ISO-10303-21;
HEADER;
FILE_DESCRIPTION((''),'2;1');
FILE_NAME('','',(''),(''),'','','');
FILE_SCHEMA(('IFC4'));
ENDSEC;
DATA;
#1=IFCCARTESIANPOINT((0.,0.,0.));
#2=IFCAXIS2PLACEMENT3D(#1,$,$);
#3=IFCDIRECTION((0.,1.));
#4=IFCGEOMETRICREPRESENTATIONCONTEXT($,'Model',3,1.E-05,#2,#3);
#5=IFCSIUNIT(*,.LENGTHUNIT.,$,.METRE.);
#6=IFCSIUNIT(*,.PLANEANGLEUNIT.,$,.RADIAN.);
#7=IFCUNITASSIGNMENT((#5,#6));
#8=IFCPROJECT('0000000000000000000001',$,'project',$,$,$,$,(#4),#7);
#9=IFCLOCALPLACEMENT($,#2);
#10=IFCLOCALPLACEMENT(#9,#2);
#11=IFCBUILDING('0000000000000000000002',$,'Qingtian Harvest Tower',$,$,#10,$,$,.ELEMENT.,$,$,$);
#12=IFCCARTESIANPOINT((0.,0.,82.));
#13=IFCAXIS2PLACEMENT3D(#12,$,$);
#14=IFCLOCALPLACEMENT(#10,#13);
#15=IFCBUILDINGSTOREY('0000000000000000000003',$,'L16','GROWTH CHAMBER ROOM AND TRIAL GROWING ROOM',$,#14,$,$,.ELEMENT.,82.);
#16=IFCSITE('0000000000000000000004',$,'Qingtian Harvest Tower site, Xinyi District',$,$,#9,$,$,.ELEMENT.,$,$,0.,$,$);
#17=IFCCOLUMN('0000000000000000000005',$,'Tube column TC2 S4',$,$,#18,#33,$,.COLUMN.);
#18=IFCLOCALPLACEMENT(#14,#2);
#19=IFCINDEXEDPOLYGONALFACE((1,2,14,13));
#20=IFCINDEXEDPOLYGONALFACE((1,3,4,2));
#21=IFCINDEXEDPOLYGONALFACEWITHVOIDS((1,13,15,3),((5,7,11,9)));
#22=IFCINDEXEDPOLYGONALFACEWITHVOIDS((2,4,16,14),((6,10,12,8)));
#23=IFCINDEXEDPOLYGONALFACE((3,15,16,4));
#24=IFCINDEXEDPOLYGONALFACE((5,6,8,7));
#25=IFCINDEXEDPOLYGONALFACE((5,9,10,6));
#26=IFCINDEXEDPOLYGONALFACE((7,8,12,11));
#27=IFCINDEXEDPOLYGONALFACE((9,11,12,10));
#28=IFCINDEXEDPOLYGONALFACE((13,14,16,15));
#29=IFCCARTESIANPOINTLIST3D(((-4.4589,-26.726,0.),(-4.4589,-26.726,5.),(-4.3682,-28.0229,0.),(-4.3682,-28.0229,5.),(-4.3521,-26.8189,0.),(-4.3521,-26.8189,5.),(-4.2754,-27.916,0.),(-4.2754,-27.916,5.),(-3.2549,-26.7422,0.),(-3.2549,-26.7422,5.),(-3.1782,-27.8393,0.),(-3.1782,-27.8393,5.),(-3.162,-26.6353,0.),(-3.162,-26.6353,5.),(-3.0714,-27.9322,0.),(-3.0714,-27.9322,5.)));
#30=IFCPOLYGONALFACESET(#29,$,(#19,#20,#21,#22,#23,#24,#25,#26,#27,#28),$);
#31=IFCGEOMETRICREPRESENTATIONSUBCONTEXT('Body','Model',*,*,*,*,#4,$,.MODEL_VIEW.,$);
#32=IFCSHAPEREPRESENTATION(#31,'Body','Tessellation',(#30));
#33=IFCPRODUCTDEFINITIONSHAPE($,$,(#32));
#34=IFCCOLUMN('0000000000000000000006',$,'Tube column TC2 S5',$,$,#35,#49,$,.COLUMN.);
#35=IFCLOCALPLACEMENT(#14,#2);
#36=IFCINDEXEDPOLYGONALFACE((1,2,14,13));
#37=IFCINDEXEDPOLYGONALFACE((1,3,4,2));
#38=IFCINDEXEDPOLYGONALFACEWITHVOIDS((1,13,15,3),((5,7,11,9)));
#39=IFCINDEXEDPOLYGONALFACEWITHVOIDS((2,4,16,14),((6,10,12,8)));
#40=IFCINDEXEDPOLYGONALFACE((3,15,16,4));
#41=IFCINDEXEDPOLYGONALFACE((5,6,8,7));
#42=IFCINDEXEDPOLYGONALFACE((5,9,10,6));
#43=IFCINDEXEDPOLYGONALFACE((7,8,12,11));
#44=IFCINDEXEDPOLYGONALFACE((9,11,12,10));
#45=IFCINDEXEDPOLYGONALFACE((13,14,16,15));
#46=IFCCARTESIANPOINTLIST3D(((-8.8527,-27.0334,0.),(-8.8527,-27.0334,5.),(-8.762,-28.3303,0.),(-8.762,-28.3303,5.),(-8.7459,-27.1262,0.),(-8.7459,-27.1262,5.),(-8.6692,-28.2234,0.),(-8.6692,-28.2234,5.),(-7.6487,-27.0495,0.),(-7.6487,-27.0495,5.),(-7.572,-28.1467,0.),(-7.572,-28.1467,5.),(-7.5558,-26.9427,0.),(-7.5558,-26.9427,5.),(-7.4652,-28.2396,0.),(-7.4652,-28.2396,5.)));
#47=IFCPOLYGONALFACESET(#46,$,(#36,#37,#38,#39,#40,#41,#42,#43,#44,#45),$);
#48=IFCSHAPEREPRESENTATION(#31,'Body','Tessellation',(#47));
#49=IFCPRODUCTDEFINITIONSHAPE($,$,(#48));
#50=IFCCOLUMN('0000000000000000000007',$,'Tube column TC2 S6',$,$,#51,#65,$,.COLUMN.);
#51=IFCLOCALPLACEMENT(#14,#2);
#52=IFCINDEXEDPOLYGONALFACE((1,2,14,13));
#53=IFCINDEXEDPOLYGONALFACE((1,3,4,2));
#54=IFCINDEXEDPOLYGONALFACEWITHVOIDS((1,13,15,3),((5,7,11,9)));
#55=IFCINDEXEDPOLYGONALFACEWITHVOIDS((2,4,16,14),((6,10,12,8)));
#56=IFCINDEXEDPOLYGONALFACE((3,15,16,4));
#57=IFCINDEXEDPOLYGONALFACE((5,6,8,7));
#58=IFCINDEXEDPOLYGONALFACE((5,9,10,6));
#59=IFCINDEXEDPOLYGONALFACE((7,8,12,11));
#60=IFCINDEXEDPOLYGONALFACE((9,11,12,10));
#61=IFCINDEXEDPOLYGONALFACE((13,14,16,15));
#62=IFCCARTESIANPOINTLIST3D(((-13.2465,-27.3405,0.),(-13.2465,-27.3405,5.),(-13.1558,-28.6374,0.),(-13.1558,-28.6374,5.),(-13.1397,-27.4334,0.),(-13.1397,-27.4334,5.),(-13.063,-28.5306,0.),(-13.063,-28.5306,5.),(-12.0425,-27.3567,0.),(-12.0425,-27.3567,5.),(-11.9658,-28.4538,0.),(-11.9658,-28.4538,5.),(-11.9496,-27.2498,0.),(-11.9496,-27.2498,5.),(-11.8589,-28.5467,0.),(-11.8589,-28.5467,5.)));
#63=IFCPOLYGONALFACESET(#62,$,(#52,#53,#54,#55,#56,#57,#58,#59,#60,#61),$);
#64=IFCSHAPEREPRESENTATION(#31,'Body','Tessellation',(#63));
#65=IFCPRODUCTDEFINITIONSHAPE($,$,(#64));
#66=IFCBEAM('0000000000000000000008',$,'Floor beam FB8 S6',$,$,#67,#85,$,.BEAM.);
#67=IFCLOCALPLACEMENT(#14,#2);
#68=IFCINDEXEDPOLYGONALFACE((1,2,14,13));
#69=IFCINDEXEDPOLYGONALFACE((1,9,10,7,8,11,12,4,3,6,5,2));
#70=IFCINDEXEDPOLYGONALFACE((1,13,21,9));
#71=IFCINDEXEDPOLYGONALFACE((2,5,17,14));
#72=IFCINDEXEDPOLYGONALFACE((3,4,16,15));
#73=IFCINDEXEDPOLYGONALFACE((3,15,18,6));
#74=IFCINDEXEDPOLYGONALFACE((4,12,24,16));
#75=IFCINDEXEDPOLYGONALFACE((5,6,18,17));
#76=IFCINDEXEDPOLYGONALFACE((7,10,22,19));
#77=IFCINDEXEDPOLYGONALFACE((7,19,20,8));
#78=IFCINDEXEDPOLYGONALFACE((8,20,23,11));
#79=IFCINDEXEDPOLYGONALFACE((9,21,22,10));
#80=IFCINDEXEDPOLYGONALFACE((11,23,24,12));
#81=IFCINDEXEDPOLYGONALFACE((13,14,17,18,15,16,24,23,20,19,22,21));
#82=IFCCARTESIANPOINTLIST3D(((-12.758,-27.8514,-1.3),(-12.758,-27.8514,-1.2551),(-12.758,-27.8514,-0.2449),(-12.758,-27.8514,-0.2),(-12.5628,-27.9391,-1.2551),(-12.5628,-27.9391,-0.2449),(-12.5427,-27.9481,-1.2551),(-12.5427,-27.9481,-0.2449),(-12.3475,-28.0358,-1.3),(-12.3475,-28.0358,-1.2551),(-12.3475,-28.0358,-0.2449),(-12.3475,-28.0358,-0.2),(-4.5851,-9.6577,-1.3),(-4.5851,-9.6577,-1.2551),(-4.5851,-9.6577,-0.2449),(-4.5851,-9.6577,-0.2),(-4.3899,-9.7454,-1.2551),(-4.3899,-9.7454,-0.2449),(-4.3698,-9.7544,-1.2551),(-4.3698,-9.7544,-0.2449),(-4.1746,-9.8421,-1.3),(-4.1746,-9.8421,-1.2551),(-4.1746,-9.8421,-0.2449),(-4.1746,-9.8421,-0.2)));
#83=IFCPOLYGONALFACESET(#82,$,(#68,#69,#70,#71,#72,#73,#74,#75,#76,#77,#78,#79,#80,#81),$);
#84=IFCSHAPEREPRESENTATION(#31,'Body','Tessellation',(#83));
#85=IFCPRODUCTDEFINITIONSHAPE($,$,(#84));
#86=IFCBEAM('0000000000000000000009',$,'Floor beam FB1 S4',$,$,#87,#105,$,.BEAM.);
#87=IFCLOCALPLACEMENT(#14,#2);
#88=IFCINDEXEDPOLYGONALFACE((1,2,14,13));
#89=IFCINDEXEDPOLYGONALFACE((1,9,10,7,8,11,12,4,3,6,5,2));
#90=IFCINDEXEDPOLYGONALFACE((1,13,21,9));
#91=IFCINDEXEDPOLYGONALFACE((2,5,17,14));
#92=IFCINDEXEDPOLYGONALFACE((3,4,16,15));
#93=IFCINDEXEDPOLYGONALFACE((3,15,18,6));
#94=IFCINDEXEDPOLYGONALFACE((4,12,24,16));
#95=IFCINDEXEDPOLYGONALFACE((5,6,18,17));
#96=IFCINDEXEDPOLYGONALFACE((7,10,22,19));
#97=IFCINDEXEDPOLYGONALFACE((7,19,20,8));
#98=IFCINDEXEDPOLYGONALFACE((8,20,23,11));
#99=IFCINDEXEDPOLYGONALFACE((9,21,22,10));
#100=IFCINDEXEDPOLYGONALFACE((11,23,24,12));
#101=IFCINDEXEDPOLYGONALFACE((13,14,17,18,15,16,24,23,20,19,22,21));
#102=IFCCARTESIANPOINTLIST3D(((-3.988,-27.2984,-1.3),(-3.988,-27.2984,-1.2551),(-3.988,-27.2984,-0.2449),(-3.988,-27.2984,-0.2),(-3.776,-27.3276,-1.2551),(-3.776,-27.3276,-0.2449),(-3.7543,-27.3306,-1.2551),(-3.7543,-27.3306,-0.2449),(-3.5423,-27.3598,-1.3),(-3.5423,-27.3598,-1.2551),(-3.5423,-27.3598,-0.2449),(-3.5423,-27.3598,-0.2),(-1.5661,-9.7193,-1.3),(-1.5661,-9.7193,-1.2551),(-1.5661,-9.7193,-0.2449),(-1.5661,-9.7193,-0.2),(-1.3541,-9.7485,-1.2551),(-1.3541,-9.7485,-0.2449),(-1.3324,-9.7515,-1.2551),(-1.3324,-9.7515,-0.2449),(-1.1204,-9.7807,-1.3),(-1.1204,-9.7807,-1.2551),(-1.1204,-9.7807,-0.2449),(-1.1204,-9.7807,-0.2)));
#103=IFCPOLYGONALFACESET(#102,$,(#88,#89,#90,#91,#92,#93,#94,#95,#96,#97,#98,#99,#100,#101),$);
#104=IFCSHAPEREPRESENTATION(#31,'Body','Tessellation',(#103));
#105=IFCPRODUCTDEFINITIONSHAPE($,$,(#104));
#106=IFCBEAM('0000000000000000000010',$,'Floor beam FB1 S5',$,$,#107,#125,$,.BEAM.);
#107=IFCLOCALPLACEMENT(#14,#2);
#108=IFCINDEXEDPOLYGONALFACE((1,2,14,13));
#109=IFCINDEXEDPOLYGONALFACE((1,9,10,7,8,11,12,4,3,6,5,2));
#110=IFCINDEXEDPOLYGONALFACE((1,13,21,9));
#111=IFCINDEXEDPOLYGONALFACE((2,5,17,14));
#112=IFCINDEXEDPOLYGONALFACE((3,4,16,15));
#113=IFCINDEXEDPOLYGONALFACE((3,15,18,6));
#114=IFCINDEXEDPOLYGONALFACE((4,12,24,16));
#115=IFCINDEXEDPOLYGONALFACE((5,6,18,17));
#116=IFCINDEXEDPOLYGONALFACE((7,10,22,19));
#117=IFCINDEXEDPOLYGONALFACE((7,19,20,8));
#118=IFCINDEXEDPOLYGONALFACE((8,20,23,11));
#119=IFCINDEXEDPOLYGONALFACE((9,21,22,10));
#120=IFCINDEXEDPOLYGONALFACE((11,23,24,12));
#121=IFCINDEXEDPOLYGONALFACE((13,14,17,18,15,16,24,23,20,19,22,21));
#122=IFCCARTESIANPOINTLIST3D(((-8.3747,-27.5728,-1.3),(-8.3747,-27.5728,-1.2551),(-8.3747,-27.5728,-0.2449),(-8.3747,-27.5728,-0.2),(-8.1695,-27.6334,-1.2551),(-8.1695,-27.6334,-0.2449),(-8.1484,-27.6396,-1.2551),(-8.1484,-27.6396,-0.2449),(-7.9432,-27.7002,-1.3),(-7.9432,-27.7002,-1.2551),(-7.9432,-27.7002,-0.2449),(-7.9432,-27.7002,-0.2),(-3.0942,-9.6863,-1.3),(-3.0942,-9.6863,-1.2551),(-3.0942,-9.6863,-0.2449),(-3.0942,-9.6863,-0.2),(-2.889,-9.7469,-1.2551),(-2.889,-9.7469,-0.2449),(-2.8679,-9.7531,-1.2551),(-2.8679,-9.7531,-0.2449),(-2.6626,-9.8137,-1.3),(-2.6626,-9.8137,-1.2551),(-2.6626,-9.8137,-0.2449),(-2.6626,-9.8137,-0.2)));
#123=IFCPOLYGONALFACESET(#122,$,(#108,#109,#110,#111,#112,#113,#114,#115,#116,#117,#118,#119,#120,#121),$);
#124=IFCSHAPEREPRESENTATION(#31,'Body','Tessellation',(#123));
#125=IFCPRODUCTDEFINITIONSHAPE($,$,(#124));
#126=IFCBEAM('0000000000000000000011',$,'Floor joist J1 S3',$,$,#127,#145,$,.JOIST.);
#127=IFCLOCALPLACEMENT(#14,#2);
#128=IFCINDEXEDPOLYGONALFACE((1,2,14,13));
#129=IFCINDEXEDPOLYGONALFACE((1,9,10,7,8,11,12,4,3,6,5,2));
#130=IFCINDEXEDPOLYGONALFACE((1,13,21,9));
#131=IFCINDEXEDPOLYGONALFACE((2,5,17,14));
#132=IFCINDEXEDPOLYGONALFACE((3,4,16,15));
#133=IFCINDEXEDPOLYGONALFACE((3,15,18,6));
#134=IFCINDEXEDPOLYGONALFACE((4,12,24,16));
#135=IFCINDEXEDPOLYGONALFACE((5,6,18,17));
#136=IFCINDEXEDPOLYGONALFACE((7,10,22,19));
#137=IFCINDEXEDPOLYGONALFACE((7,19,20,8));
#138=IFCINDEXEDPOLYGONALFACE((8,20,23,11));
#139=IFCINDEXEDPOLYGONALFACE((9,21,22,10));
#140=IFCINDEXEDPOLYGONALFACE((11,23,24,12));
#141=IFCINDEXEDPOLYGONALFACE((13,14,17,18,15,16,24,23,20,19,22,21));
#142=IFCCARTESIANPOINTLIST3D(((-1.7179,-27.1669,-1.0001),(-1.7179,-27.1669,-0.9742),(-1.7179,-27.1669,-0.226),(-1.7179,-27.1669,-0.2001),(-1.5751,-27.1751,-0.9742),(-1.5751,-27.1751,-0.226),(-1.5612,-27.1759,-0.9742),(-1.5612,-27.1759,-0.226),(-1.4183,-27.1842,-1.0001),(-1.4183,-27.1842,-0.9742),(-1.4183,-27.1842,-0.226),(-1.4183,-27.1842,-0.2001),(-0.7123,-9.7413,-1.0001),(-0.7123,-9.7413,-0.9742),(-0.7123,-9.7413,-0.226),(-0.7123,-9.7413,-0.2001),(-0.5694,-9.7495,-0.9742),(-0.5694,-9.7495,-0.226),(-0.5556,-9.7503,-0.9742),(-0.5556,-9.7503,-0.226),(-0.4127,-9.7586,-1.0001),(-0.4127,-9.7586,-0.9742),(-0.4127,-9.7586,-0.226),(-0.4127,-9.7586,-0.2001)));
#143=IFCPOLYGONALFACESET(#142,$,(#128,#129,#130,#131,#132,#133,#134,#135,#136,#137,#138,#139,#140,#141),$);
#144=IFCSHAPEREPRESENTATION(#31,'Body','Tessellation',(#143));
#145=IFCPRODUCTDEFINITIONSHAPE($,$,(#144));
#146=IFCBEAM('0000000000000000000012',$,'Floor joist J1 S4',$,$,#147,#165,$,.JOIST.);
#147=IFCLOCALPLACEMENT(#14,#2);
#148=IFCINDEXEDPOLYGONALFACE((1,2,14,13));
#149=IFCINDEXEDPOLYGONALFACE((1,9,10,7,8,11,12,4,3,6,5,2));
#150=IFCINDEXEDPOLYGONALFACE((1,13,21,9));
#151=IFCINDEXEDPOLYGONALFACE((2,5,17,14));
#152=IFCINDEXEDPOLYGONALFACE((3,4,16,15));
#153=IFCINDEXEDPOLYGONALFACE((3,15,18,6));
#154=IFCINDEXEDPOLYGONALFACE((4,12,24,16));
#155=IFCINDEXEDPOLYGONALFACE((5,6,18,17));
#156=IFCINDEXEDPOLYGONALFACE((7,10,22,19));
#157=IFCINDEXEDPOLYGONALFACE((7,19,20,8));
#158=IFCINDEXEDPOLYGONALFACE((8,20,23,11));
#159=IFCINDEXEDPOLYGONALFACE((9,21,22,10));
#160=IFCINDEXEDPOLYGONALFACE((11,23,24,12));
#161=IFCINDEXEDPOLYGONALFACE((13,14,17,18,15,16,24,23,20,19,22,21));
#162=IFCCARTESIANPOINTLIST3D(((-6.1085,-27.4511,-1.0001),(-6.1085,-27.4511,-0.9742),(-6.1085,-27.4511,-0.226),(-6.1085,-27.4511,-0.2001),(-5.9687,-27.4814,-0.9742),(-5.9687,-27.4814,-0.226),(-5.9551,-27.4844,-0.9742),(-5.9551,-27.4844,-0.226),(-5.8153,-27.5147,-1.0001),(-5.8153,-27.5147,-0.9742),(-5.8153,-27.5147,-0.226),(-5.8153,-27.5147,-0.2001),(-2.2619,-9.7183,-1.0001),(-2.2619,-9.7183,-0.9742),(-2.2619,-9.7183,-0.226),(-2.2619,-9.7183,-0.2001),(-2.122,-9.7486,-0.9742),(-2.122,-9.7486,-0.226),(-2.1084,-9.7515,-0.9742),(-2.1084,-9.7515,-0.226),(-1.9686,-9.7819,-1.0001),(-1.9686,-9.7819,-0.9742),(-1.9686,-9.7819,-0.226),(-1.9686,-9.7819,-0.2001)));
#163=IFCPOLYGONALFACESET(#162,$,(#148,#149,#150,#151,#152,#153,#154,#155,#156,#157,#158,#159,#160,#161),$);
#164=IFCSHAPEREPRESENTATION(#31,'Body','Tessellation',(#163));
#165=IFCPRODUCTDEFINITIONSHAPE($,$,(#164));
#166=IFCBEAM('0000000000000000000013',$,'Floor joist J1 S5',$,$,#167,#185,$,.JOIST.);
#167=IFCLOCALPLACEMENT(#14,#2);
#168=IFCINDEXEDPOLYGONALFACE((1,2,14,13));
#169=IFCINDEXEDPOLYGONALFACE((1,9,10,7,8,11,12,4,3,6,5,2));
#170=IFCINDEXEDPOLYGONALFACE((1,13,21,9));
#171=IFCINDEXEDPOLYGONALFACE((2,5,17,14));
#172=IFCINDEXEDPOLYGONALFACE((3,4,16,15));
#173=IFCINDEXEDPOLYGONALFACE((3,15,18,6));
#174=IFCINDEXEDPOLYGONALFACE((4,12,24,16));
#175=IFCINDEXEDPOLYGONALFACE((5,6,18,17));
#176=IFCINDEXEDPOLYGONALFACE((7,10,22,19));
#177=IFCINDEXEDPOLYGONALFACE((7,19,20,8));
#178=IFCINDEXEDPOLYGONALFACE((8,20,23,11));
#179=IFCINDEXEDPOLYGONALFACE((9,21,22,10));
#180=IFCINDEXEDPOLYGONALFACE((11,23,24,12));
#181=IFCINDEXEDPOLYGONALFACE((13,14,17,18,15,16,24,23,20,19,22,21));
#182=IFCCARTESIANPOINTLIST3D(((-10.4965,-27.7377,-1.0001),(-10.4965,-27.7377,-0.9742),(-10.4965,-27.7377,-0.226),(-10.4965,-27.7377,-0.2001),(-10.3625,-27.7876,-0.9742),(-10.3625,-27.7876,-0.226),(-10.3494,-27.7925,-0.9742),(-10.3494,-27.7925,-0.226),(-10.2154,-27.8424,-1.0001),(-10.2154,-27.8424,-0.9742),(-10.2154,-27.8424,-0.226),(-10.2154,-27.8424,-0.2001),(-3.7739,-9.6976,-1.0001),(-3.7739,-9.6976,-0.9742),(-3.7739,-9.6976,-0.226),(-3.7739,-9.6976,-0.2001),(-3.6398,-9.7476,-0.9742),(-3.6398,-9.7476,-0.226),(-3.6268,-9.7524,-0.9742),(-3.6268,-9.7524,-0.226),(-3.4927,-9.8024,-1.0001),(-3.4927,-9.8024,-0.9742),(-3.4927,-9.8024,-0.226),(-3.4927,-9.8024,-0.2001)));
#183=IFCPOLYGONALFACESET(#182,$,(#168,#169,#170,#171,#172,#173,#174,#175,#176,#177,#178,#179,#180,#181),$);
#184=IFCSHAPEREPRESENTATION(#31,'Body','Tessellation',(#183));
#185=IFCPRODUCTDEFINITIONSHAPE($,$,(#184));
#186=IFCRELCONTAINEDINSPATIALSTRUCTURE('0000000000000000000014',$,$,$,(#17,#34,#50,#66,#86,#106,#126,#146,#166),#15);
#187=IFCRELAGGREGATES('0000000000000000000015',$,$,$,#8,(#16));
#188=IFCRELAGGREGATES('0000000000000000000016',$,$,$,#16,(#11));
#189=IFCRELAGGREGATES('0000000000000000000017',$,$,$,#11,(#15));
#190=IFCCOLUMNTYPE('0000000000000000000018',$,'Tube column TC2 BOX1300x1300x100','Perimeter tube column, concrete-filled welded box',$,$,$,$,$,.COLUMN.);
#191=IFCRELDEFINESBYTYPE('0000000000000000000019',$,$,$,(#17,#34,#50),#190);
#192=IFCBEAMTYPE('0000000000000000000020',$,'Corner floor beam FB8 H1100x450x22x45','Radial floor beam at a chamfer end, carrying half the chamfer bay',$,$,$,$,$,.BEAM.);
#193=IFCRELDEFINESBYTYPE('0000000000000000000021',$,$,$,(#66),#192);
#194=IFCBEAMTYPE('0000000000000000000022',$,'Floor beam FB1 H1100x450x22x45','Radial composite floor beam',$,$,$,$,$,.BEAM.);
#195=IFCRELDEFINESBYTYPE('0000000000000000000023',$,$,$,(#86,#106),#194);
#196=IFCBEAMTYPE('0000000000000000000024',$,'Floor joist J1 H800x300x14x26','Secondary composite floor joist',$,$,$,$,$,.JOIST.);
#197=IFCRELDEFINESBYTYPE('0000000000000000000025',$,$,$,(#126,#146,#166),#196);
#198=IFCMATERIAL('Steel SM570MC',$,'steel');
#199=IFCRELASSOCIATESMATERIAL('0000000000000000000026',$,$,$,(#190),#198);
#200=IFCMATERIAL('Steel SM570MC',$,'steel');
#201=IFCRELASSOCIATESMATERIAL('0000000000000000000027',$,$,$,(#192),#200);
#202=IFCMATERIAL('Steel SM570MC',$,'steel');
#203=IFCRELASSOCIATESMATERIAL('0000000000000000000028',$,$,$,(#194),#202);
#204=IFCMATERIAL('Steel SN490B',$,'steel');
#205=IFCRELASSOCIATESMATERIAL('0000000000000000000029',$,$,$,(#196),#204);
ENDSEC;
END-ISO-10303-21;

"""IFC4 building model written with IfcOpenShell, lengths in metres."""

from ifc_helpers import new_model, si_unit, direction, frame, origin, origin_2d, place, context, subcontext, project, spatial, hollow_rectangle, i_section, extrude, material, material_profile, profile_set, type_object, element, save


model = new_model("IFC4")

# Units and contexts
model_context = context("Model", 3, precision=1e-05, world=origin(), true_north=direction((0.0, 1.0)))
body_context = subcontext(model_context, "Body", "Model", "MODEL_VIEW")
ifc_project = project(units=[si_unit("LENGTHUNIT", "METRE"), si_unit("PLANEANGLEUNIT", "RADIAN")], contexts=[model_context])

# Site, building, storey
site_placement = place(None, origin())
site = spatial("IfcSite", under=ifc_project, at=site_placement, Name="Qingtian Harvest Tower site, Xinyi District", CompositionType="ELEMENT", RefElevation=0.0)
building_placement = place(site_placement, origin())
building = spatial("IfcBuilding", under=site, at=building_placement, Name="Qingtian Harvest Tower", CompositionType="ELEMENT")
storey_placement = place(building_placement, frame((0.0, 0.0, 82.0)))
storey = spatial("IfcBuildingStorey", under=building, at=storey_placement, Name="L16", Description="GROWTH CHAMBER ROOM AND TRIAL GROWING ROOM", CompositionType="ELEMENT", Elevation=82.0)

# Columns
ifc_material_1 = material(Name="Steel SM570MC", Category="steel")
ifc_material_profile_1 = material_profile(ifc_material_1, hollow_rectangle(XDim=1.3, YDim=1.3, WallThickness=0.1001, at=origin_2d()), Name="BOX1300x1300x100")
ifc_profile_set_1 = profile_set([ifc_material_profile_1], Name="Steel SM570MC")
column_type = type_object("IfcColumnType", Name="Tube column TC2 BOX1300x1300x100", Description="Perimeter tube column, concrete-filled welded box", PredefinedType="COLUMN", material=ifc_profile_set_1)
for number, where, z_axis, x_axis, name in (
    (1, (-3.7651, -27.3291, 0.0), (0.0, 0.0, 1.0), (0.997564, 0.069756, 0.0), "Tube column TC2 S4"),
    (2, (-8.1589, -27.6365, 0.0), (0.0, 0.0, 1.0), (0.997564, 0.069756, 0.0), "Tube column TC2 S5"),
    (3, (-12.5527, -27.9436, 0.0), (0.0, 0.0, 1.0), (0.997564, 0.069756, 0.0), "Tube column TC2 S6"),
):
    element("IfcColumn", number, at=place(storey_placement, frame(where, z_axis=z_axis, x_axis=x_axis)), inside=storey, type_object=column_type, Name=name, PredefinedType="COLUMN", context=body_context, shape_type="SweptSolid", body=[
        extrude(hollow_rectangle(XDim=1.3, YDim=1.3, WallThickness=0.1001, at=origin_2d()), origin(), (0.0, 0.0, 1.0), 5.0),
    ])

# Beams
ifc_material_2 = material(Name="Steel SM570MC", Category="steel")
ifc_material_profile_2 = material_profile(ifc_material_2, i_section(OverallWidth=0.45, OverallDepth=1.1001, WebThickness=0.022, FlangeThickness=0.0449, at=origin_2d()), Name="H1100x450x22x45")
ifc_profile_set_2 = profile_set([ifc_material_profile_2], Name="Steel SM570MC")
beam_type_1 = type_object("IfcBeamType", Name="Corner floor beam FB8 H1100x450x22x45", Description="Radial floor beam at a chamfer end, carrying half the chamfer bay", PredefinedType="BEAM", material=ifc_profile_set_2)
beam_1_placement = place(storey_placement, frame((-12.5527, -27.9436, -0.75), z_axis=(0.40977, 0.912189, 0.0), x_axis=(-0.912189, 0.40977, 0.0)))
element("IfcBeam", 4, at=beam_1_placement, inside=storey, type_object=beam_type_1, Name="Floor beam FB8 S6", PredefinedType="BEAM", context=body_context, shape_type="SweptSolid", body=[
    extrude(i_section(OverallWidth=0.45, OverallDepth=1.1001, WebThickness=0.022, FlangeThickness=0.0449, at=origin_2d()), origin(), (0.0, 0.0, 1.0), 19.9451),
])
ifc_material_3 = material(Name="Steel SM570MC", Category="steel")
ifc_material_profile_3 = material_profile(ifc_material_3, i_section(OverallWidth=0.45, OverallDepth=1.1001, WebThickness=0.022, FlangeThickness=0.0449, at=origin_2d()), Name="H1100x450x22x45")
ifc_profile_set_3 = profile_set([ifc_material_profile_3], Name="Steel SM570MC")
beam_type_2 = type_object("IfcBeamType", Name="Floor beam FB1 H1100x450x22x45", Description="Radial composite floor beam", PredefinedType="BEAM", material=ifc_profile_set_3)
beam_2_placement = place(storey_placement, frame((-3.7651, -27.3291, -0.75), z_axis=(0.136481, 0.990643, 0.0), x_axis=(-0.990643, 0.136481, 0.0)))
element("IfcBeam", 5, at=beam_2_placement, inside=storey, type_object=beam_type_2, Name="Floor beam FB1 S4", PredefinedType="BEAM", context=body_context, shape_type="SweptSolid", body=[
    extrude(i_section(OverallWidth=0.45, OverallDepth=1.1001, WebThickness=0.022, FlangeThickness=0.0449, at=origin_2d()), origin(), (0.0, 0.0, 1.0), 17.7451),
])
beam_3_placement = place(storey_placement, frame((-8.1589, -27.6365, -0.75), z_axis=(0.283143, 0.959078, 0.0), x_axis=(-0.959078, 0.283143, 0.0)))
element("IfcBeam", 6, at=beam_3_placement, inside=storey, type_object=beam_type_2, Name="Floor beam FB1 S5", PredefinedType="BEAM", context=body_context, shape_type="SweptSolid", body=[
    extrude(i_section(OverallWidth=0.45, OverallDepth=1.1001, WebThickness=0.022, FlangeThickness=0.0449, at=origin_2d()), origin(), (0.0, 0.0, 1.0), 18.6497),
])
ifc_material_4 = material(Name="Steel SN490B", Category="steel")
ifc_material_profile_4 = material_profile(ifc_material_4, i_section(OverallWidth=0.3, OverallDepth=0.8, WebThickness=0.0139, FlangeThickness=0.0259, at=origin_2d()), Name="H800x300x14x26")
ifc_profile_set_4 = profile_set([ifc_material_profile_4], Name="Steel SN490B")
beam_type_3 = type_object("IfcBeamType", Name="Floor joist J1 H800x300x14x26", Description="Secondary composite floor joist", PredefinedType="JOIST", material=ifc_profile_set_4)
beam_4_placement = place(storey_placement, frame((-1.5681, -27.1755, -0.6001), z_axis=(0.057613, 0.998339, 0.0), x_axis=(-0.998339, 0.057613, 0.0)))
element("IfcBeam", 7, at=beam_4_placement, inside=storey, type_object=beam_type_3, Name="Floor joist J1 S3", PredefinedType="JOIST", context=body_context, shape_type="SweptSolid", body=[
    extrude(i_section(OverallWidth=0.3, OverallDepth=0.8, WebThickness=0.0139, FlangeThickness=0.0259, at=origin_2d()), origin(), (0.0, 0.0, 1.0), 17.4546),
])
beam_5_placement = place(storey_placement, frame((-5.9619, -27.4829, -0.6001), z_axis=(0.211993, 0.977271, 0.0), x_axis=(-0.977271, 0.211993, 0.0)))
element("IfcBeam", 8, at=beam_5_placement, inside=storey, type_object=beam_type_3, Name="Floor joist J1 S4", PredefinedType="JOIST", context=body_context, shape_type="SweptSolid", body=[
    extrude(i_section(OverallWidth=0.3, OverallDepth=0.8, WebThickness=0.0139, FlangeThickness=0.0259, at=origin_2d()), origin(), (0.0, 0.0, 1.0), 18.1453),
])
beam_6_placement = place(storey_placement, frame((-10.356, -27.79, -0.6001), z_axis=(0.349194, 0.937051, 0.0), x_axis=(-0.937051, 0.349194, 0.0)))
element("IfcBeam", 9, at=beam_6_placement, inside=storey, type_object=beam_type_3, Name="Floor joist J1 S5", PredefinedType="JOIST", context=body_context, shape_type="SweptSolid", body=[
    extrude(i_section(OverallWidth=0.3, OverallDepth=0.8, WebThickness=0.0139, FlangeThickness=0.0259, at=origin_2d()), origin(), (0.0, 0.0, 1.0), 19.252),
])

save(model, "model.ifc")
